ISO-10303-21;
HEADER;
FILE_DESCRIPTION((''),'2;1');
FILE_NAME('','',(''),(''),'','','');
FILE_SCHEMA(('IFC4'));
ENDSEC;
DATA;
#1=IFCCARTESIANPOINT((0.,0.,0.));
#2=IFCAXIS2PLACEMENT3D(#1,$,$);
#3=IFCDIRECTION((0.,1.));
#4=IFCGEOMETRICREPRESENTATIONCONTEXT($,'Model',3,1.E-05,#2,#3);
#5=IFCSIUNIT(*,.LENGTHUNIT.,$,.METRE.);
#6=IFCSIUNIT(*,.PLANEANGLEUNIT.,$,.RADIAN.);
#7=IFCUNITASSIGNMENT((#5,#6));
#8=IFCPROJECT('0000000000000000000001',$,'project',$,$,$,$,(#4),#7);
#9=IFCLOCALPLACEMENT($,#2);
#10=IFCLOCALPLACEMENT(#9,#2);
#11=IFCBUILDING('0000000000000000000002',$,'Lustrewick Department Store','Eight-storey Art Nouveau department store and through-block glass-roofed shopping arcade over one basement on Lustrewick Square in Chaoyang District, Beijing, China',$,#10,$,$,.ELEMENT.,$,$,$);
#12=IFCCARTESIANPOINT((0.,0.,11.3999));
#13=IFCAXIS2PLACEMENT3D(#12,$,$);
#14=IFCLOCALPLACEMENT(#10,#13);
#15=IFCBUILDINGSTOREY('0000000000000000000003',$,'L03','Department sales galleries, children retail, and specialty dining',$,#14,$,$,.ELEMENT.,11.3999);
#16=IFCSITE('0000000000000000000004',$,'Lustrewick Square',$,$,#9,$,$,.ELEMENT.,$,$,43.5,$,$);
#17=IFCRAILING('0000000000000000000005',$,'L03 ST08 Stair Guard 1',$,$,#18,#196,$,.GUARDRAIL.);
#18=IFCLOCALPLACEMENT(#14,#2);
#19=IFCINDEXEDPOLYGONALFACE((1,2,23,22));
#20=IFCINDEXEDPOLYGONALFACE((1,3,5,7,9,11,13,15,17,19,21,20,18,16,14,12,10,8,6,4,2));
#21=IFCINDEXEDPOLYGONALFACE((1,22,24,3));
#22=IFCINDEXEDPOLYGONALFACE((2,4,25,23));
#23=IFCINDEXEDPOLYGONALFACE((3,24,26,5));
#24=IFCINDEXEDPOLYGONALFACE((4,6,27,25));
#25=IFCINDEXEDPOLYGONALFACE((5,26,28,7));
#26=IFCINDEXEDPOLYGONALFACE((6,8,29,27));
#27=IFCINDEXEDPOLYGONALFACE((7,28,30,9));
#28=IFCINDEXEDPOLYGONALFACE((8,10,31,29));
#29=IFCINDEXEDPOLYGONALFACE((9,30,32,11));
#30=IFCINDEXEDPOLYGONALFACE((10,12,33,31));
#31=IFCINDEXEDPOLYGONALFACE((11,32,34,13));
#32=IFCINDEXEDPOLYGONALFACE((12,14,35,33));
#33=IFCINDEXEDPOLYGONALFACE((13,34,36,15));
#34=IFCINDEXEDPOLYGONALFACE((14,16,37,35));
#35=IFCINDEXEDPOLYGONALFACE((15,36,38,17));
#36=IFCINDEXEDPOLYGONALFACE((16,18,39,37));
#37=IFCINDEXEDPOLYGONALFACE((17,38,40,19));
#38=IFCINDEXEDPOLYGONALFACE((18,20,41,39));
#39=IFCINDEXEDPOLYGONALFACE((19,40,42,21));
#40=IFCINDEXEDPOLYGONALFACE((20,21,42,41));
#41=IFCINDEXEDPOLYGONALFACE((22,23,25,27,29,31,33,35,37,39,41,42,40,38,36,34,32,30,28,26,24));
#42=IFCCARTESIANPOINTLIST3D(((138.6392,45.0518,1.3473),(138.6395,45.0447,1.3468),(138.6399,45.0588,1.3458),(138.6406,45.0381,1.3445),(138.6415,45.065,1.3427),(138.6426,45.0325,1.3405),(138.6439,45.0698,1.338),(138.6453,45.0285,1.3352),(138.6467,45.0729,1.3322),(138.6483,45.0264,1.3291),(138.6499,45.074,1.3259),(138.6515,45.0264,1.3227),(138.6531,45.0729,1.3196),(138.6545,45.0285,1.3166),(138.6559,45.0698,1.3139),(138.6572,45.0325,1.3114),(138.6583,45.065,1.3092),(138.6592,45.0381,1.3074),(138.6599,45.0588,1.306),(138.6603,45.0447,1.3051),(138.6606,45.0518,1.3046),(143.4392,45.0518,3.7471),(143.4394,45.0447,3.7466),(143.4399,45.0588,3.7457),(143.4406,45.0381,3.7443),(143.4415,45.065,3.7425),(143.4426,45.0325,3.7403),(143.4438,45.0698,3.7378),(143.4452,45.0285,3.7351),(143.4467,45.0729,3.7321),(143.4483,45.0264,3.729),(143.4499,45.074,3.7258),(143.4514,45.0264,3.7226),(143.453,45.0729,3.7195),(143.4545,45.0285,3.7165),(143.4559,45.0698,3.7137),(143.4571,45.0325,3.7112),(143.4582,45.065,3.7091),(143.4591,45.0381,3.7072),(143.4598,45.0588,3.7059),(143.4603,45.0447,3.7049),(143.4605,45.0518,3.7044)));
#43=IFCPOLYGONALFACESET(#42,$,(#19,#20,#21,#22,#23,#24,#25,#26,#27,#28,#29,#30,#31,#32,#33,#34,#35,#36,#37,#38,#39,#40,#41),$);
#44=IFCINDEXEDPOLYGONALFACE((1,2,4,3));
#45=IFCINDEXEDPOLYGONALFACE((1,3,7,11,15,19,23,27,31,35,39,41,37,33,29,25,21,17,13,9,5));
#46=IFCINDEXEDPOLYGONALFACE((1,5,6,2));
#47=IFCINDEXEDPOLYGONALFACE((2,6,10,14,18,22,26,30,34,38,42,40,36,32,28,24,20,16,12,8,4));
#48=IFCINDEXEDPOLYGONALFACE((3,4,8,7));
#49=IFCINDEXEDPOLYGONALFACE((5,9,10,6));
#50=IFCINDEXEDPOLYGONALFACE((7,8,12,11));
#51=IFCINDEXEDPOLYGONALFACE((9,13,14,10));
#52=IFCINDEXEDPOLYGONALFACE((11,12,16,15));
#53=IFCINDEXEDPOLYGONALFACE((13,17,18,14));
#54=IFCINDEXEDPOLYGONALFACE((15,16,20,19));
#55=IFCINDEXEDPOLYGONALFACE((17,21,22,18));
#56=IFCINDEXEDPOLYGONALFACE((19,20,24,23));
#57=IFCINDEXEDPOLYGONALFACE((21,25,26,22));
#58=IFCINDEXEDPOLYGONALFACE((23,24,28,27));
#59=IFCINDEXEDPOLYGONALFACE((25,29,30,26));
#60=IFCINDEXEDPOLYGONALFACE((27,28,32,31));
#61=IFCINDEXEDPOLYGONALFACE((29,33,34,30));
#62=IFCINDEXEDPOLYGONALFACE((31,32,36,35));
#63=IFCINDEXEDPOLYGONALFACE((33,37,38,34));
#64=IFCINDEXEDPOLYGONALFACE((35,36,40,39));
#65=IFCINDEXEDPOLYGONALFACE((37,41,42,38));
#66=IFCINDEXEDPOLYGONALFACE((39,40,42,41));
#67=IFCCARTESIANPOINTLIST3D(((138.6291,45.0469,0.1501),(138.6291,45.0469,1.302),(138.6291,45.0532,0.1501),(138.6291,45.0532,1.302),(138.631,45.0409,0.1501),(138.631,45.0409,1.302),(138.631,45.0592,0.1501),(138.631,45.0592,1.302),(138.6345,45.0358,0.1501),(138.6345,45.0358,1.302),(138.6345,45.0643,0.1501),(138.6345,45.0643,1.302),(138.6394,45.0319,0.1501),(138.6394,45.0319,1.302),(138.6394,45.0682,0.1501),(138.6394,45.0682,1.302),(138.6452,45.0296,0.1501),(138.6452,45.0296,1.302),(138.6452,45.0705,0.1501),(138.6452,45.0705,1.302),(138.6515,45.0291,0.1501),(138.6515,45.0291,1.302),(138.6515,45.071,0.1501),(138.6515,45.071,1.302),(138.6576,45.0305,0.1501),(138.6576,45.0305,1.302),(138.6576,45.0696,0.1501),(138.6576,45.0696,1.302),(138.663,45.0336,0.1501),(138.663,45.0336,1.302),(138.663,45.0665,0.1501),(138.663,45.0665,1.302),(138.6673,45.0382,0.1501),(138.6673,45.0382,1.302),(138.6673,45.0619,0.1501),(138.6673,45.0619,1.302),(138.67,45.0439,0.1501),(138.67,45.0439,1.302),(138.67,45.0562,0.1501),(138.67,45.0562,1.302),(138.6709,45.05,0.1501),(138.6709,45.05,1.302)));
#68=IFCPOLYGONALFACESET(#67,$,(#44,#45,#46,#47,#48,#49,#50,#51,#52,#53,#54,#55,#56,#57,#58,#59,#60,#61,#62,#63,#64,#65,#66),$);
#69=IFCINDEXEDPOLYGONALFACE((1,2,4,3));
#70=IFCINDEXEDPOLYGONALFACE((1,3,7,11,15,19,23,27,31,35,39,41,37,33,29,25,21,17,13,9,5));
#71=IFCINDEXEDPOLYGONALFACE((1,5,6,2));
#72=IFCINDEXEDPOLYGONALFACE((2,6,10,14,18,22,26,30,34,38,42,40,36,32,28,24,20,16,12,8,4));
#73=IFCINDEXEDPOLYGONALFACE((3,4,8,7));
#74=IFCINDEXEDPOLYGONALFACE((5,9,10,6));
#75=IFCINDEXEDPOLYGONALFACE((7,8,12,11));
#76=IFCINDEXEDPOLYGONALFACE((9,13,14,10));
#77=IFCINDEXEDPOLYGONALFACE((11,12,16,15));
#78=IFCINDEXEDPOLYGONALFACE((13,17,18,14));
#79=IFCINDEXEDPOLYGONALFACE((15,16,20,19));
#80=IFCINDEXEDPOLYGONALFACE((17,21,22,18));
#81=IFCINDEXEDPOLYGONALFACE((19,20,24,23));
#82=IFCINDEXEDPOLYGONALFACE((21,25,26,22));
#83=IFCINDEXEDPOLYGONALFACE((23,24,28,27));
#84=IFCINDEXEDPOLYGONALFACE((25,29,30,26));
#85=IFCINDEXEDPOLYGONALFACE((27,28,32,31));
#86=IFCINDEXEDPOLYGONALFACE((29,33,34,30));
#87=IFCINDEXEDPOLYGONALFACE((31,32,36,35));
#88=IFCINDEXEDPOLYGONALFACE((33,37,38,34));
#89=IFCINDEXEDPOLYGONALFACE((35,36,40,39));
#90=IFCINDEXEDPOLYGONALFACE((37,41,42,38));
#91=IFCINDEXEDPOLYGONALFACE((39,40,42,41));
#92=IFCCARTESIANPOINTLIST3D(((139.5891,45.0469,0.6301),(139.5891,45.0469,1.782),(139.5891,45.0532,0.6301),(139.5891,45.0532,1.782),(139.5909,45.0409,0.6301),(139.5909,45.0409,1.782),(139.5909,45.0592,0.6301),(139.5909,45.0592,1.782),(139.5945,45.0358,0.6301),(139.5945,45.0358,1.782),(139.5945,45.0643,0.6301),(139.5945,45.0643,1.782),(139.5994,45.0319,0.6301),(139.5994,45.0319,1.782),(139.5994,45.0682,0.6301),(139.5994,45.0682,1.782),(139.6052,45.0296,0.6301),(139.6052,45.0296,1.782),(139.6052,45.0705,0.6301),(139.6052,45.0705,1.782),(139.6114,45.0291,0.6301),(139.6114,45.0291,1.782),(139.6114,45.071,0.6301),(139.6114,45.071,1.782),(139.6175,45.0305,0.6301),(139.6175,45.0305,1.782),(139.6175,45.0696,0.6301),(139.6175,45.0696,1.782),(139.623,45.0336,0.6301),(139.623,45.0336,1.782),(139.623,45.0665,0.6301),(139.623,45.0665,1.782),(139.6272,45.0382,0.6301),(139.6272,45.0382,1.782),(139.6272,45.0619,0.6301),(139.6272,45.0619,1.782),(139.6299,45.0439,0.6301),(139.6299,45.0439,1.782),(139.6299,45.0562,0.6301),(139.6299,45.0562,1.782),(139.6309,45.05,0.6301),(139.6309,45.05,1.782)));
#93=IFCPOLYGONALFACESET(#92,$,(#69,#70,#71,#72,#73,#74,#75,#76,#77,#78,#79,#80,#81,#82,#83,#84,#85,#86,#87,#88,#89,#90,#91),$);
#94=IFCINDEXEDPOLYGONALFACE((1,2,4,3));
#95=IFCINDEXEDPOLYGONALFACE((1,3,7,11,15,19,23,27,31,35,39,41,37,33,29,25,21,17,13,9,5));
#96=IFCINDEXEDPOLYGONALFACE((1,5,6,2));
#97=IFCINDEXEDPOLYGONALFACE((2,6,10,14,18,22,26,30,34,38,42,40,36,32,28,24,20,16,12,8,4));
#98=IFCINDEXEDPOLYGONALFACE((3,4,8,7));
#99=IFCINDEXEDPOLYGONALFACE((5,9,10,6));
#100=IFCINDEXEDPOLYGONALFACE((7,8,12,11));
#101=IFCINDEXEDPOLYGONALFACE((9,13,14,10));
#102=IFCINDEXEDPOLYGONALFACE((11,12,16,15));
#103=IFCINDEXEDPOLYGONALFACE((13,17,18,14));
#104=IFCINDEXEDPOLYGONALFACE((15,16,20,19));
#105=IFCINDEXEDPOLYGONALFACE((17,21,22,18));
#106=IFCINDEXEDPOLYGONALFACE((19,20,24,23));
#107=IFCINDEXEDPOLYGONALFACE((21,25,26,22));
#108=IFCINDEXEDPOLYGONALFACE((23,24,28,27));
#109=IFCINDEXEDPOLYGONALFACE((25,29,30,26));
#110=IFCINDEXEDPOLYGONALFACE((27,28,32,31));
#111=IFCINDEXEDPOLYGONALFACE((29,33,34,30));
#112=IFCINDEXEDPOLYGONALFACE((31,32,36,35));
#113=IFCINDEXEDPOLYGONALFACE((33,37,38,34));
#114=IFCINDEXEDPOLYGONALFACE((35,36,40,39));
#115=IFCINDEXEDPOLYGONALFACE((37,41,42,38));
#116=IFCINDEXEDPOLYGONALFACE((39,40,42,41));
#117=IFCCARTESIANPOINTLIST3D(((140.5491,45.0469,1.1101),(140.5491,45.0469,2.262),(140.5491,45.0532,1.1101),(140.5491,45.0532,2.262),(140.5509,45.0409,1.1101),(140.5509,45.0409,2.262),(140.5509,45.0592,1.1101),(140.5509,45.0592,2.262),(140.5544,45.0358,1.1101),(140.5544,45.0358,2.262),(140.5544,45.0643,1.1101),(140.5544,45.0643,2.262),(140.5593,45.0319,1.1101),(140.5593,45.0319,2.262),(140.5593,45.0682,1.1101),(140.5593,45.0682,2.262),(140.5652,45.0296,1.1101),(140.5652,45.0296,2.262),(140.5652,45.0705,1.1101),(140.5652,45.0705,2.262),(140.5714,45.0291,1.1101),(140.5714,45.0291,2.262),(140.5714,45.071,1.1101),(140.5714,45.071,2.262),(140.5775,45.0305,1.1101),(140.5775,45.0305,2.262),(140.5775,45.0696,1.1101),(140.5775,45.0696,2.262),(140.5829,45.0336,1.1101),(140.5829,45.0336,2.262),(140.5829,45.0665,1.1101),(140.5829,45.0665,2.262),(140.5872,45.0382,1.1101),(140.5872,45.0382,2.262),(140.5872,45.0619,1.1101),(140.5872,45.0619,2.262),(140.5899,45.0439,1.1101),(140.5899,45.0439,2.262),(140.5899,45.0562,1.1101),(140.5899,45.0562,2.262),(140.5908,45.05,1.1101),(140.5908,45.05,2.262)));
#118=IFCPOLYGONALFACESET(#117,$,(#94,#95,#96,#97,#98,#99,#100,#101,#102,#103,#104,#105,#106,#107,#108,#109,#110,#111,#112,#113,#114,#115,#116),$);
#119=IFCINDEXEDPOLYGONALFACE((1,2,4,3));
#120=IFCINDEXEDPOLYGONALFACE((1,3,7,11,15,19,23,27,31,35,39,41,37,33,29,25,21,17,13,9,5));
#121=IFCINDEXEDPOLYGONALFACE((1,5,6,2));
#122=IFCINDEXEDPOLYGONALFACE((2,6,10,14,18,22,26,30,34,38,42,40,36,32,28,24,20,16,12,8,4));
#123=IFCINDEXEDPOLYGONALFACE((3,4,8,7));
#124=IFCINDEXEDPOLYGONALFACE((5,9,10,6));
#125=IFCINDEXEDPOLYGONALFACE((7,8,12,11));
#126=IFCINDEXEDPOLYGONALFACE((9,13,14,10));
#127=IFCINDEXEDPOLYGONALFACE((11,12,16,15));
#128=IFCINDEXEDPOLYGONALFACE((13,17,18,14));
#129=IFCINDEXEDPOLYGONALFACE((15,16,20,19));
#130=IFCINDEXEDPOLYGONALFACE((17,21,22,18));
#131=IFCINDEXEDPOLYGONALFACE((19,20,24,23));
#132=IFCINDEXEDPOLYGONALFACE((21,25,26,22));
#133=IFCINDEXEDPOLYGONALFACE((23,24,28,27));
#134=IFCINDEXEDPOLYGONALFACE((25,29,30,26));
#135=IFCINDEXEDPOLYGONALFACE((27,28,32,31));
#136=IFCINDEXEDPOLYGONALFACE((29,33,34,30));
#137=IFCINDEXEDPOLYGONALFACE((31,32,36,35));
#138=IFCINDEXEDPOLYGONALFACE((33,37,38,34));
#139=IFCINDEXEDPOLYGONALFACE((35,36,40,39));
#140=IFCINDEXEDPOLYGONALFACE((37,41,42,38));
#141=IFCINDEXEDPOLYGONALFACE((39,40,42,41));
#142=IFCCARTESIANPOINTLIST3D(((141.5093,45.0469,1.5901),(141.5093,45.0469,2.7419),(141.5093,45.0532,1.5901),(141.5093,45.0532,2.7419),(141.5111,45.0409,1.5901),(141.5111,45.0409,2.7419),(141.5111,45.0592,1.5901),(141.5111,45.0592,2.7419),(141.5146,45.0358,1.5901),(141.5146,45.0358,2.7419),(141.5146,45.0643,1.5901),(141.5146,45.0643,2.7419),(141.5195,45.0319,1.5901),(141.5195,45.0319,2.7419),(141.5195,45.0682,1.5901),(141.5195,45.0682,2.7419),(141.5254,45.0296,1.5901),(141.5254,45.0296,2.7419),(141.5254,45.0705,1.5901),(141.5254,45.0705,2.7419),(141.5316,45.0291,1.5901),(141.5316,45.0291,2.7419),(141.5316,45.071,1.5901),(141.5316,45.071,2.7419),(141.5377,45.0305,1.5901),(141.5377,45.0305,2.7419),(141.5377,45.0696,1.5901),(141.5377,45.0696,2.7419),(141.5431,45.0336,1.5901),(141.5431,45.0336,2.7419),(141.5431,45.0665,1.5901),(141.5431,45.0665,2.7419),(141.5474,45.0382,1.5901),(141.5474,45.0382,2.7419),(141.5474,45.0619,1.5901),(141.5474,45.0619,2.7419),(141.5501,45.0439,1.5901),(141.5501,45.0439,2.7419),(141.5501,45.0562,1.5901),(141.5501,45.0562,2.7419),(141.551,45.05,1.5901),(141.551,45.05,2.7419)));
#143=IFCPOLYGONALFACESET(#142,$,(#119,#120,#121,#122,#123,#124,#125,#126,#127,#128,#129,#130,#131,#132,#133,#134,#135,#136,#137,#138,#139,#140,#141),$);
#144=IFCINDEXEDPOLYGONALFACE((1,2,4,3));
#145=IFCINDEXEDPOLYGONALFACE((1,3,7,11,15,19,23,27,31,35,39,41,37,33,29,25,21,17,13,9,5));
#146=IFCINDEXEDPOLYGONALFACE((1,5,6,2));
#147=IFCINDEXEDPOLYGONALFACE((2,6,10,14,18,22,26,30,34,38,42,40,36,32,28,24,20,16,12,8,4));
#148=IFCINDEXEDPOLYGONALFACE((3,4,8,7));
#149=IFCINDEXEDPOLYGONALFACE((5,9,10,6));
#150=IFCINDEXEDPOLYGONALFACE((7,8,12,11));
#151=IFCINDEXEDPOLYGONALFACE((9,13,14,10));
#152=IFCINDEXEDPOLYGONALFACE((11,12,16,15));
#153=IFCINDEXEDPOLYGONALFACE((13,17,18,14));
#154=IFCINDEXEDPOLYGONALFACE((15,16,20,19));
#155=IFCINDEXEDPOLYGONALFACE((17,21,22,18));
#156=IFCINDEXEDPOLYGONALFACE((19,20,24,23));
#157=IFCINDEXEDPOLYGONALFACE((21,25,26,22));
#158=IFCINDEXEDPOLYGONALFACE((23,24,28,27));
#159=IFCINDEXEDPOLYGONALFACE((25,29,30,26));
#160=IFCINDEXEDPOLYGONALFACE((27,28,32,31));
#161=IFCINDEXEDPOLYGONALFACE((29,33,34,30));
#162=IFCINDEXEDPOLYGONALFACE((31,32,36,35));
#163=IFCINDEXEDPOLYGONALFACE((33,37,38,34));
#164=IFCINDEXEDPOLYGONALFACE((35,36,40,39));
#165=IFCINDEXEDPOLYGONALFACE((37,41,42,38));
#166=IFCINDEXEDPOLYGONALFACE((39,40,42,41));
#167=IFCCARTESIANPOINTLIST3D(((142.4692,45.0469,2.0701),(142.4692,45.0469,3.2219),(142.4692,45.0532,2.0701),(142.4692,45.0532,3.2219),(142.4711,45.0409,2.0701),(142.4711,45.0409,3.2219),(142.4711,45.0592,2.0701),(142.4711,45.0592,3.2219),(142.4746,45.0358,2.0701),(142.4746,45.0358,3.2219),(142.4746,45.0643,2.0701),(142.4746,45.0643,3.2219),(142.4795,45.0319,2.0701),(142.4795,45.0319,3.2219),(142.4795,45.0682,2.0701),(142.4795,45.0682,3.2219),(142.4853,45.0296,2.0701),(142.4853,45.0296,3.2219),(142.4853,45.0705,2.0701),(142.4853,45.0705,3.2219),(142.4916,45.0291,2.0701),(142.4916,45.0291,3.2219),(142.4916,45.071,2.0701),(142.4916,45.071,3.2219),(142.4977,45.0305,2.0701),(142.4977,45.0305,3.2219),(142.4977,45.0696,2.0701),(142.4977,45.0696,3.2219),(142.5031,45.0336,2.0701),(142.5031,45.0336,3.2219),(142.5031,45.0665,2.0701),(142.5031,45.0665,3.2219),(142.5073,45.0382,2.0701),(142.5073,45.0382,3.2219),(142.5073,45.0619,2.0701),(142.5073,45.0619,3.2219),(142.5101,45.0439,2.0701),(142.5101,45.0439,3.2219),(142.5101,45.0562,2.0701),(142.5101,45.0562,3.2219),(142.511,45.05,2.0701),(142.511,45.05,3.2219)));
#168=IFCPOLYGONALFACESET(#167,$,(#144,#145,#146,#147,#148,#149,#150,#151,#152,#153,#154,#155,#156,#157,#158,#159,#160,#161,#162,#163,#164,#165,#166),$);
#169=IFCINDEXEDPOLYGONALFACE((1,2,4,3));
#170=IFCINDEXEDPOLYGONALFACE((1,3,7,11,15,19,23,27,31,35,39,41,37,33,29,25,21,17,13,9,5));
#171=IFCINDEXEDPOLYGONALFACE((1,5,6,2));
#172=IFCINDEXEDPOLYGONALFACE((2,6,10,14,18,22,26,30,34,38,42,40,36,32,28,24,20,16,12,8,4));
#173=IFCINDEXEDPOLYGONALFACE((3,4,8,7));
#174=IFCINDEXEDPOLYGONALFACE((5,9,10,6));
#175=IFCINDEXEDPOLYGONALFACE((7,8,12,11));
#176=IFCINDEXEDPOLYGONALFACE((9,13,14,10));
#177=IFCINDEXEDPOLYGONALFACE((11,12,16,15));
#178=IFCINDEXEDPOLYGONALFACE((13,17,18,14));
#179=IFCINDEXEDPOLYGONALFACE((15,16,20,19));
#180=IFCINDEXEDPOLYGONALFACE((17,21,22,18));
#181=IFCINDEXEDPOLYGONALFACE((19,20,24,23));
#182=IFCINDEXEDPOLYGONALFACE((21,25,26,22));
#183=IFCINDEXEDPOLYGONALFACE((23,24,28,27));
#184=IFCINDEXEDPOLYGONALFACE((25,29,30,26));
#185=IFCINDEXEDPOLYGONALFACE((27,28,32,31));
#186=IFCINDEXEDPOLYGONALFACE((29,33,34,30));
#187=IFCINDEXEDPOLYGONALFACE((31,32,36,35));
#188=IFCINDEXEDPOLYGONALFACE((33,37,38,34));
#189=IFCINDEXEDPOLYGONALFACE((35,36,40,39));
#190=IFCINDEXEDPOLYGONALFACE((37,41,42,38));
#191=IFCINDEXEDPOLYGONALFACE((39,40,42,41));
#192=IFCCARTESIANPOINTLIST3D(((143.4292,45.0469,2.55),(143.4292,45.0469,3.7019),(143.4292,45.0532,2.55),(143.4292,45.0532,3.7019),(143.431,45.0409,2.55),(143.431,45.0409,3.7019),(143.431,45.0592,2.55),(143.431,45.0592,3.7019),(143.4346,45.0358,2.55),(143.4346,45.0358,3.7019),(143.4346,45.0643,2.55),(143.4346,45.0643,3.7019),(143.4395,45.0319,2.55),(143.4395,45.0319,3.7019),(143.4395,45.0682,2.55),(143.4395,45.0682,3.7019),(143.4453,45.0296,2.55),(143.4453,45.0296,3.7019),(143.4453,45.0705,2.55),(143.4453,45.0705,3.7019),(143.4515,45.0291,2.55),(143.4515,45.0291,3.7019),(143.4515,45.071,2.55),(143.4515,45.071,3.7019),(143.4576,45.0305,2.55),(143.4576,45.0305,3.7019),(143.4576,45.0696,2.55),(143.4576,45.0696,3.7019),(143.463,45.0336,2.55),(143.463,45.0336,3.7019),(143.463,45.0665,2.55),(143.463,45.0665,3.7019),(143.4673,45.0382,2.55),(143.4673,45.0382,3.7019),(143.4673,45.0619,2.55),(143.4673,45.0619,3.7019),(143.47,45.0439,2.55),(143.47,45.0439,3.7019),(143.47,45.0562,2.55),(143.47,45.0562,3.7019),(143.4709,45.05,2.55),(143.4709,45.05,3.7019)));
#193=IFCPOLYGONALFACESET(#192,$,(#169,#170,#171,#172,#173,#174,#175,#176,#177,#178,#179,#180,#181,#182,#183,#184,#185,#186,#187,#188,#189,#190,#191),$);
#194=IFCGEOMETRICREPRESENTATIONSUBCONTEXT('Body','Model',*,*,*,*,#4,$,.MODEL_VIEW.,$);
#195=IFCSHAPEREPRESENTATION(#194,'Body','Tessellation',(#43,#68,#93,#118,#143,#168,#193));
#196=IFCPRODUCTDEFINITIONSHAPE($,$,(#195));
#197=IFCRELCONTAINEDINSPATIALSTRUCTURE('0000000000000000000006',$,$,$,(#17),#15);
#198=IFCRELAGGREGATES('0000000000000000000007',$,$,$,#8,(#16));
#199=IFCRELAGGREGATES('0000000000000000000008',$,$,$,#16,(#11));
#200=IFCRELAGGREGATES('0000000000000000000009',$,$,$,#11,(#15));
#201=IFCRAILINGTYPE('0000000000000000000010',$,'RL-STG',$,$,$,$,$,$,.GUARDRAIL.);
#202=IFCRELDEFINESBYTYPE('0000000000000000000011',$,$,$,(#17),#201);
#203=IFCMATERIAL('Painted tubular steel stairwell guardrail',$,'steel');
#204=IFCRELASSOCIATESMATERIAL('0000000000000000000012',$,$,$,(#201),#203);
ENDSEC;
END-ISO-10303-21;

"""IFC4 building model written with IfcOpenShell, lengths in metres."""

from ifc_helpers import new_model, si_unit, direction, frame, origin, origin_2d, place, context, subcontext, project, spatial, circle, extrude, material, type_object, element, save


model = new_model("IFC4")

# Units and contexts
model_context = context("Model", 3, precision=1e-05, world=origin(), true_north=direction((0.0, 1.0)))
body_context = subcontext(model_context, "Body", "Model", "MODEL_VIEW")
ifc_project = project(units=[si_unit("LENGTHUNIT", "METRE"), si_unit("PLANEANGLEUNIT", "RADIAN")], contexts=[model_context])

# Site, building, storey
site_placement = place(None, origin())
site = spatial("IfcSite", under=ifc_project, at=site_placement, Name="Lustrewick Square", CompositionType="ELEMENT", RefElevation=43.5)
building_placement = place(site_placement, origin())
building = spatial("IfcBuilding", under=site, at=building_placement, Name="Lustrewick Department Store", Description="Eight-storey Art Nouveau department store and through-block glass-roofed shopping arcade over one basement on Lustrewick Square in Chaoyang District, Beijing, China", CompositionType="ELEMENT")
storey_placement = place(building_placement, frame((0.0, 0.0, 11.3999)))
storey = spatial("IfcBuildingStorey", under=building, at=storey_placement, Name="L03", Description="Department sales galleries, children retail, and specialty dining", CompositionType="ELEMENT", Elevation=11.3999)

# Railing
ifc_material_1 = material(Name="Painted tubular steel stairwell guardrail", Category="steel")
railing_type_1 = type_object("IfcRailingType", Name="RL-STG", PredefinedType="GUARDRAIL", material=ifc_material_1)
railing_1_placement = place(storey_placement, frame((138.6499, 45.05, 0.1501)))
element("IfcRailing", 1, at=railing_1_placement, inside=storey, type_object=railing_type_1, Name="L03 ST08 Stair Guard 1", PredefinedType="GUARDRAIL", context=body_context, shape_type="SweptSolid", body=[
    extrude(circle(Radius=0.0239, at=origin_2d()), frame((0.0, 0.0, 1.1758), z_axis=(0.894436, 0.0, 0.447195), x_axis=(0.0, 1.0, 0.0)), (0.0, 0.0, 1.0), 5.3665),
    extrude(circle(Radius=0.021, at=origin_2d()), origin(), (0.0, 0.0, 1.0), 1.1519),
    extrude(circle(Radius=0.021, at=origin_2d()), frame((0.96, 0.0, 0.48)), (0.0, 0.0, 1.0), 1.1519),
    extrude(circle(Radius=0.021, at=origin_2d()), frame((1.9199, 0.0, 0.96)), (0.0, 0.0, 1.0), 1.1519),
    extrude(circle(Radius=0.021, at=origin_2d()), frame((2.8801, 0.0, 1.4399)), (0.0, 0.0, 1.0), 1.1519),
    extrude(circle(Radius=0.021, at=origin_2d()), frame((3.8401, 0.0, 1.9199)), (0.0, 0.0, 1.0), 1.1519),
    extrude(circle(Radius=0.021, at=origin_2d()), frame((4.8, 0.0, 2.3999)), (0.0, 0.0, 1.0), 1.1519),
])

save(model, "model.ifc")
